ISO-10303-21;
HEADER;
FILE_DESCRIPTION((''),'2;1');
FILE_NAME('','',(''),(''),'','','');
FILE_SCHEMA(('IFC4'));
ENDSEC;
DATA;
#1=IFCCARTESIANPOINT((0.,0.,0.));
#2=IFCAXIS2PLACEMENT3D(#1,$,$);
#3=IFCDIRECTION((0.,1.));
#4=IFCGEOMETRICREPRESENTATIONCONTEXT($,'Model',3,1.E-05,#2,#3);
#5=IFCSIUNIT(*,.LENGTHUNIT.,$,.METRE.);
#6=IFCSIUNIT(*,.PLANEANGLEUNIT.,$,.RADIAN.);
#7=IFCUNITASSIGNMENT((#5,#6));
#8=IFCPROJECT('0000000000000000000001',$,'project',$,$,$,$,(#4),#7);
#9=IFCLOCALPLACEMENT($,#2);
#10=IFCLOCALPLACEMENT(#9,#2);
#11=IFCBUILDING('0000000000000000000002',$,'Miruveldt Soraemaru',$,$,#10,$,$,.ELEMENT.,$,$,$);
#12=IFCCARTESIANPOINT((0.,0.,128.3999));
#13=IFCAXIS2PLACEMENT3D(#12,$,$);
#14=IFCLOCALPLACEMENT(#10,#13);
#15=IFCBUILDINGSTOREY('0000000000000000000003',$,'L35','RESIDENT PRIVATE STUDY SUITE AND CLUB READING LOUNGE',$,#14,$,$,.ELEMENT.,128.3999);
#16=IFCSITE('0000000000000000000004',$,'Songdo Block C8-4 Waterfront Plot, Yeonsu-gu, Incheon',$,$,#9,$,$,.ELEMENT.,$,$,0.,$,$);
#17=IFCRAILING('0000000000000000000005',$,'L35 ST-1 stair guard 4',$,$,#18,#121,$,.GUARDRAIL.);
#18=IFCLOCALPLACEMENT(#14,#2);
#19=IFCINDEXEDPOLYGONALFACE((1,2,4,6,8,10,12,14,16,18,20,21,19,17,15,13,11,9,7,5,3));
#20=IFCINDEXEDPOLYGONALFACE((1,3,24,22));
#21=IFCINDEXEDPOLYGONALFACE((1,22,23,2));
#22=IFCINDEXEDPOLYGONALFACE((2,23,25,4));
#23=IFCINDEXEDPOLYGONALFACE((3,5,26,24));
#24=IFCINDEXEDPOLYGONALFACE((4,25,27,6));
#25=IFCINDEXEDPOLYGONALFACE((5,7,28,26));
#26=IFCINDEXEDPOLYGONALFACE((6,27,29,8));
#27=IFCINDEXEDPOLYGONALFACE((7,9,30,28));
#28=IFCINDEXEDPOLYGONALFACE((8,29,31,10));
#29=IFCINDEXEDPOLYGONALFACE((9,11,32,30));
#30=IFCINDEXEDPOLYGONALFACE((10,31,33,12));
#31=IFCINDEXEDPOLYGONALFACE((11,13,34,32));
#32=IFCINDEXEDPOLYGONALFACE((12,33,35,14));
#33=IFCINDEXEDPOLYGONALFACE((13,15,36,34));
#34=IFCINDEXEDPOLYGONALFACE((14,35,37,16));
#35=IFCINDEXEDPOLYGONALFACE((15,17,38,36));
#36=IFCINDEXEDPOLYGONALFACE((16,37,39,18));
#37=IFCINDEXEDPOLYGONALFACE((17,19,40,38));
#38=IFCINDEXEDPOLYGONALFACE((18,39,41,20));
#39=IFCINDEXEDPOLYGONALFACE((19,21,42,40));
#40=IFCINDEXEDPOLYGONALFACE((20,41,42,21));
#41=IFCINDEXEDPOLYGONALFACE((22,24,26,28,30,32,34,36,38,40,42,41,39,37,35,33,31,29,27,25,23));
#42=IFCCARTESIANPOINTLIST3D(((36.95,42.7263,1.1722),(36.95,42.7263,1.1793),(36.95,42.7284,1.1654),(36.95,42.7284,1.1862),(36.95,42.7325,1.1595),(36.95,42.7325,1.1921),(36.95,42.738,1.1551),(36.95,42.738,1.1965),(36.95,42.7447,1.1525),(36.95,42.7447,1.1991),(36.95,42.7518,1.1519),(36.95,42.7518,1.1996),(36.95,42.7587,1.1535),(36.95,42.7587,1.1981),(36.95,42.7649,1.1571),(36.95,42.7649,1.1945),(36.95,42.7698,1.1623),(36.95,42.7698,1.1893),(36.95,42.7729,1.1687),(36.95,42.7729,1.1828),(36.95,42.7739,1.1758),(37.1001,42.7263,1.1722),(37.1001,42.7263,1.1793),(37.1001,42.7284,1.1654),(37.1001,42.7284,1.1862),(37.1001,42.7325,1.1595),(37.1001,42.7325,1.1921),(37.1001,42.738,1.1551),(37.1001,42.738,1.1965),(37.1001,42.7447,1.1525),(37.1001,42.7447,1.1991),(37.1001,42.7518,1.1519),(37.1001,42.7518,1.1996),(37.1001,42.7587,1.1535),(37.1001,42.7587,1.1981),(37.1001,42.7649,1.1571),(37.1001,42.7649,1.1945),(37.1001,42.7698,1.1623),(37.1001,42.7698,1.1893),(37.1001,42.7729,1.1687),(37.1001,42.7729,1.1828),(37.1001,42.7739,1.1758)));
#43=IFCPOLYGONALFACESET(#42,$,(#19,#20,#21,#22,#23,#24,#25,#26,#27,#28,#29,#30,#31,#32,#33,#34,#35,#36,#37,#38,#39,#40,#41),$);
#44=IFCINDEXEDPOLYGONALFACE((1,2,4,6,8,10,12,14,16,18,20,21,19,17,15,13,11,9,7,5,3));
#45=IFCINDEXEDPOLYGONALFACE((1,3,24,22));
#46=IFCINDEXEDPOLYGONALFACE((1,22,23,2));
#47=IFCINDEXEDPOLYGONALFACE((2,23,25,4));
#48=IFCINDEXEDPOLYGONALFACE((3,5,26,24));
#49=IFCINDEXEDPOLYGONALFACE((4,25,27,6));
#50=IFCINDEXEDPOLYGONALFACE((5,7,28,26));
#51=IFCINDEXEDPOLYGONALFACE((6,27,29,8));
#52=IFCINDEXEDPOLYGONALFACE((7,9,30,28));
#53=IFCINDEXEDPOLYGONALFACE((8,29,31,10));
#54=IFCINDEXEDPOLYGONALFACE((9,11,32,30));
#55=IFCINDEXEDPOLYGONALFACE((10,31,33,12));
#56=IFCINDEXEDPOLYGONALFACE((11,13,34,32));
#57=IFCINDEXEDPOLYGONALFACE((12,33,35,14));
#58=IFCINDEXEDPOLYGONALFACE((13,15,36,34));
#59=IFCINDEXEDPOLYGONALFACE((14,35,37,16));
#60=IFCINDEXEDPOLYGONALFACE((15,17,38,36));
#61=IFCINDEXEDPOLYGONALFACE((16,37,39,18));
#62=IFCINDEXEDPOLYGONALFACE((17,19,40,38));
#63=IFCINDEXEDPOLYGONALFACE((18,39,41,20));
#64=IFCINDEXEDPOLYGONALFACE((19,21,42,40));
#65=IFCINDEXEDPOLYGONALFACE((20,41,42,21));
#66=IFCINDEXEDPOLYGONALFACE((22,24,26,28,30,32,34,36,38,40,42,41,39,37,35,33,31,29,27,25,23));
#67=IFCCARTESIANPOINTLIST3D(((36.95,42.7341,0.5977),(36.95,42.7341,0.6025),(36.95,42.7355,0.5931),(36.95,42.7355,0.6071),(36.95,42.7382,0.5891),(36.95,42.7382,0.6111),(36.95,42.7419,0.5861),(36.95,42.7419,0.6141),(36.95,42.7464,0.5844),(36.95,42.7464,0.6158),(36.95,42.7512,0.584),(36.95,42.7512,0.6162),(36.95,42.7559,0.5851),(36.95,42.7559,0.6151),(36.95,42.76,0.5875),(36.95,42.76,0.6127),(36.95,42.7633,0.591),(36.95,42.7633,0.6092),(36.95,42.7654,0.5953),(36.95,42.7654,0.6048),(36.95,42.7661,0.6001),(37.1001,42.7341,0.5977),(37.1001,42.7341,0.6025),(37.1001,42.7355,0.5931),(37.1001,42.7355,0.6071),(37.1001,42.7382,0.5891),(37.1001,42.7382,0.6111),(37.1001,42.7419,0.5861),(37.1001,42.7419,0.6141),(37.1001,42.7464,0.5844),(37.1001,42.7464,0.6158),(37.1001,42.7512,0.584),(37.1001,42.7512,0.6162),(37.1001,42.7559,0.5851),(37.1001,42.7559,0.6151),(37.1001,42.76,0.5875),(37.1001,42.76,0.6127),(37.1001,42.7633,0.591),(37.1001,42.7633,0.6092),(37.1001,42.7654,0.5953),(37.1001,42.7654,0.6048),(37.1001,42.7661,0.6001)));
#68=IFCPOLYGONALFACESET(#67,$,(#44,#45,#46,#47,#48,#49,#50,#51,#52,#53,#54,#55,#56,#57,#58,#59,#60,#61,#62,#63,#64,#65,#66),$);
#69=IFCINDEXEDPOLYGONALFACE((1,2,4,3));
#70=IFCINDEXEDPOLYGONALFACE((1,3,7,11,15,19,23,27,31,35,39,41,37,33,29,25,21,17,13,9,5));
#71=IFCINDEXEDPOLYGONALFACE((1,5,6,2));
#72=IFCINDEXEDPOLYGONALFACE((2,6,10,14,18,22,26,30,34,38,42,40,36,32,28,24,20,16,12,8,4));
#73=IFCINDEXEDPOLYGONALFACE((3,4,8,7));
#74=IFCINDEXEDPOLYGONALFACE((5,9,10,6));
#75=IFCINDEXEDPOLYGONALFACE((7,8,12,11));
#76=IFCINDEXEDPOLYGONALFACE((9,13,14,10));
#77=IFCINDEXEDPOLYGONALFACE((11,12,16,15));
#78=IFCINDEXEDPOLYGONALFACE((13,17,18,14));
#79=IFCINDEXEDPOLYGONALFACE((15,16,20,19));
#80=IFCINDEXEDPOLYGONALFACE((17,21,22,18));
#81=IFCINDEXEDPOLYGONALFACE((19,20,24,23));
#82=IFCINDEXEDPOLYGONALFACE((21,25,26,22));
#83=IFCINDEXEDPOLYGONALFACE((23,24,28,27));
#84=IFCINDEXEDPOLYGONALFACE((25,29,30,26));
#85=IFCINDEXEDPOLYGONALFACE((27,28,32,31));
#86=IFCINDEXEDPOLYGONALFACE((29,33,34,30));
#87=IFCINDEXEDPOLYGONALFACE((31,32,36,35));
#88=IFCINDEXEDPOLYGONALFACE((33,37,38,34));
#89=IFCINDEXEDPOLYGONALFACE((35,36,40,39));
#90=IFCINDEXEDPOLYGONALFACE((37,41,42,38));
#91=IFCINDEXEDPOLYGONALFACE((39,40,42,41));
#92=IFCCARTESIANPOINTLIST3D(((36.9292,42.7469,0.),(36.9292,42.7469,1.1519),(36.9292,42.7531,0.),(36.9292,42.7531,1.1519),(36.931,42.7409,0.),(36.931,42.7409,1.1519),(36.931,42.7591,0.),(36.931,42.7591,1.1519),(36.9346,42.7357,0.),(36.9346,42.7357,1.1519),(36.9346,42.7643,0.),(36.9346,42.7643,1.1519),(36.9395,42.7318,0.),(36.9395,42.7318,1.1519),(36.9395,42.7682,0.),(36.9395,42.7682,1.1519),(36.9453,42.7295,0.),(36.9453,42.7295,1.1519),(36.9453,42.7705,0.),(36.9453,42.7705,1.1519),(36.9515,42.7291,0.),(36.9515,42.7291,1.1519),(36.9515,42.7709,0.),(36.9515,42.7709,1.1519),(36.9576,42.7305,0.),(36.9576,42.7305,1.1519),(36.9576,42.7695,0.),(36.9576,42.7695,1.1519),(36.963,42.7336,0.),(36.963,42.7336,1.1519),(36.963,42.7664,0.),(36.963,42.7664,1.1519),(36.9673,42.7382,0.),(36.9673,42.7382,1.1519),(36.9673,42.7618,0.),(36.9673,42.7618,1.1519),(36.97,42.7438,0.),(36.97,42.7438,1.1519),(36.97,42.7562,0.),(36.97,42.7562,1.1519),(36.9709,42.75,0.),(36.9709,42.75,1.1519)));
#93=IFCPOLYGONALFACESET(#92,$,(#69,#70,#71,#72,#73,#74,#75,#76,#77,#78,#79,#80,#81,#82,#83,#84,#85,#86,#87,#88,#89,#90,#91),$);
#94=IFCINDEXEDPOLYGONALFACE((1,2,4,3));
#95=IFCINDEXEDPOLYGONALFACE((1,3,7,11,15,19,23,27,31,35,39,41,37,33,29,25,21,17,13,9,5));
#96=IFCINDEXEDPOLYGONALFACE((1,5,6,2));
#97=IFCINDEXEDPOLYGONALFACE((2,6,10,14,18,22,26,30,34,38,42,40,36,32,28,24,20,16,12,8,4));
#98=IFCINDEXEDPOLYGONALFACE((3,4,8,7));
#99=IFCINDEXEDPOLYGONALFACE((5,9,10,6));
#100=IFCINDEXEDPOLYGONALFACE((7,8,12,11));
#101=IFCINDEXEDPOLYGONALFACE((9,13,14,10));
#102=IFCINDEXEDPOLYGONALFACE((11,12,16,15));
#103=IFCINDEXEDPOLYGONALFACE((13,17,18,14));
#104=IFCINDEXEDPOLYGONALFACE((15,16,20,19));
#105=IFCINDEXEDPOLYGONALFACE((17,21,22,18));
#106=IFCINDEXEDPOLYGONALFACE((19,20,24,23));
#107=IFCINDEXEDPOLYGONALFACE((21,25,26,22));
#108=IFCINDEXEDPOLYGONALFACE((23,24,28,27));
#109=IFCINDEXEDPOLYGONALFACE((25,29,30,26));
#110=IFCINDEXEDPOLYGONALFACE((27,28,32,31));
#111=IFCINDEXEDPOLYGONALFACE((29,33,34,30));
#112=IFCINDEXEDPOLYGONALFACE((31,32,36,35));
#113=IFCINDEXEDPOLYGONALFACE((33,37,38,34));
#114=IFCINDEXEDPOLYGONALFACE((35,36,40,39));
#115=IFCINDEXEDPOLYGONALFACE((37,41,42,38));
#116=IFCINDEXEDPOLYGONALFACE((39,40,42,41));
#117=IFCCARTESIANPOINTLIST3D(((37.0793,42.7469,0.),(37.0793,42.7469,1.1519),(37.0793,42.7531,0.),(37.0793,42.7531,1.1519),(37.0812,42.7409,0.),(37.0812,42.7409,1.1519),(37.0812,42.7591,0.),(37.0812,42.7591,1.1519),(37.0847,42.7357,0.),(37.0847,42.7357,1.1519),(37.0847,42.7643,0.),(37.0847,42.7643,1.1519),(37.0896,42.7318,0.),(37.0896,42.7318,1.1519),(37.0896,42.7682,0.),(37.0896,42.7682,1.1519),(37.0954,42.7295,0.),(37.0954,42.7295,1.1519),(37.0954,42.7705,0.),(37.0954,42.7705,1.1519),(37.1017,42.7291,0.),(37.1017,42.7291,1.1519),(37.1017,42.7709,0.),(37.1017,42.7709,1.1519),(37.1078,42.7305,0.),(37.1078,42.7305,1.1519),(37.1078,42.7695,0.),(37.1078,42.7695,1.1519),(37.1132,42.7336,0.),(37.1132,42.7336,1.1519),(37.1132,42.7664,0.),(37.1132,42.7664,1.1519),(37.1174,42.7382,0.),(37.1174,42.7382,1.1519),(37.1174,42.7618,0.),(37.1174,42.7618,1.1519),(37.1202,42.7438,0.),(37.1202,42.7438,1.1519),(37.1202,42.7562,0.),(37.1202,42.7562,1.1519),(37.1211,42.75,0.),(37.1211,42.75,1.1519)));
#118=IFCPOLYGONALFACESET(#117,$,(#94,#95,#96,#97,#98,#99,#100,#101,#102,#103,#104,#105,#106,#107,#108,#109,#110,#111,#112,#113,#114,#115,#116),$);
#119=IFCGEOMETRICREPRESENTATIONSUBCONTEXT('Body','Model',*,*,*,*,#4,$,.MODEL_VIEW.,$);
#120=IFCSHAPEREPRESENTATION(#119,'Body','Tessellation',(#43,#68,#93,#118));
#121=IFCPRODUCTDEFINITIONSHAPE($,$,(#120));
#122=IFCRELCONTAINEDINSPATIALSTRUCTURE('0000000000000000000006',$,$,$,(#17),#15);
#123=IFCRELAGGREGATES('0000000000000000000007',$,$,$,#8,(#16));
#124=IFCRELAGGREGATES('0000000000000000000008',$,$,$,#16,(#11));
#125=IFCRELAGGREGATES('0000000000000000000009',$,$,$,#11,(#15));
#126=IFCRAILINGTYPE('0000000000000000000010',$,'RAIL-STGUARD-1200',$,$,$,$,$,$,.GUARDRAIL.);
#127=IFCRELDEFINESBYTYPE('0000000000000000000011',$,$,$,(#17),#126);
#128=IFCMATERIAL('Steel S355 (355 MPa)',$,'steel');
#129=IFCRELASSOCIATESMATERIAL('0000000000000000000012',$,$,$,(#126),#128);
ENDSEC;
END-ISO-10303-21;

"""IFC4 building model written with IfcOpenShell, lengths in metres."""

from ifc_helpers import new_model, si_unit, direction, frame, origin, origin_2d, place, context, subcontext, project, spatial, circle, extrude, material, type_object, element, save


model = new_model("IFC4")

# Units and contexts
model_context = context("Model", 3, precision=1e-05, world=origin(), true_north=direction((0.0, 1.0)))
body_context = subcontext(model_context, "Body", "Model", "MODEL_VIEW")
ifc_project = project(units=[si_unit("LENGTHUNIT", "METRE"), si_unit("PLANEANGLEUNIT", "RADIAN")], contexts=[model_context])

# Site, building, storey
site_placement = place(None, origin())
site = spatial("IfcSite", under=ifc_project, at=site_placement, Name="Songdo Block C8-4 Waterfront Plot, Yeonsu-gu, Incheon", CompositionType="ELEMENT", RefElevation=0.0)
building_placement = place(site_placement, origin())
building = spatial("IfcBuilding", under=site, at=building_placement, Name="Miruveldt Soraemaru", CompositionType="ELEMENT")
storey_placement = place(building_placement, frame((0.0, 0.0, 128.3999)))
storey = spatial("IfcBuildingStorey", under=building, at=storey_placement, Name="L35", Description="RESIDENT PRIVATE STUDY SUITE AND CLUB READING LOUNGE", CompositionType="ELEMENT", Elevation=128.3999)

# Railing
ifc_material_1 = material(Name="Steel S355 (355 MPa)", Category="steel")
railing_type_1 = type_object("IfcRailingType", Name="RAIL-STGUARD-1200", PredefinedType="GUARDRAIL", material=ifc_material_1)
railing_1_placement = place(storey_placement, frame((36.95, 42.75, 0.0)))
element("IfcRailing", 1, at=railing_1_placement, inside=storey, type_object=railing_type_1, Name="L35 ST-1 stair guard 4", PredefinedType="GUARDRAIL", context=body_context, shape_type="SweptSolid", body=[
    extrude(circle(Radius=0.0239, at=origin_2d()), frame((0.0, 0.0, 1.1758), z_axis=(1.0, 0.0, 0.0), x_axis=(0.0, 1.0, 0.0)), (0.0, 0.0, 1.0), 0.1501),
    extrude(circle(Radius=0.0161, at=origin_2d()), frame((0.0, 0.0, 0.6001), z_axis=(1.0, 0.0, 0.0), x_axis=(0.0, 1.0, 0.0)), (0.0, 0.0, 1.0), 0.1501),
    extrude(circle(Radius=0.021, at=origin_2d()), origin(), (0.0, 0.0, 1.0), 1.1519),
    extrude(circle(Radius=0.021, at=origin_2d()), frame((0.1501, 0.0, 0.0)), (0.0, 0.0, 1.0), 1.1519),
])

save(model, "model.ifc")
